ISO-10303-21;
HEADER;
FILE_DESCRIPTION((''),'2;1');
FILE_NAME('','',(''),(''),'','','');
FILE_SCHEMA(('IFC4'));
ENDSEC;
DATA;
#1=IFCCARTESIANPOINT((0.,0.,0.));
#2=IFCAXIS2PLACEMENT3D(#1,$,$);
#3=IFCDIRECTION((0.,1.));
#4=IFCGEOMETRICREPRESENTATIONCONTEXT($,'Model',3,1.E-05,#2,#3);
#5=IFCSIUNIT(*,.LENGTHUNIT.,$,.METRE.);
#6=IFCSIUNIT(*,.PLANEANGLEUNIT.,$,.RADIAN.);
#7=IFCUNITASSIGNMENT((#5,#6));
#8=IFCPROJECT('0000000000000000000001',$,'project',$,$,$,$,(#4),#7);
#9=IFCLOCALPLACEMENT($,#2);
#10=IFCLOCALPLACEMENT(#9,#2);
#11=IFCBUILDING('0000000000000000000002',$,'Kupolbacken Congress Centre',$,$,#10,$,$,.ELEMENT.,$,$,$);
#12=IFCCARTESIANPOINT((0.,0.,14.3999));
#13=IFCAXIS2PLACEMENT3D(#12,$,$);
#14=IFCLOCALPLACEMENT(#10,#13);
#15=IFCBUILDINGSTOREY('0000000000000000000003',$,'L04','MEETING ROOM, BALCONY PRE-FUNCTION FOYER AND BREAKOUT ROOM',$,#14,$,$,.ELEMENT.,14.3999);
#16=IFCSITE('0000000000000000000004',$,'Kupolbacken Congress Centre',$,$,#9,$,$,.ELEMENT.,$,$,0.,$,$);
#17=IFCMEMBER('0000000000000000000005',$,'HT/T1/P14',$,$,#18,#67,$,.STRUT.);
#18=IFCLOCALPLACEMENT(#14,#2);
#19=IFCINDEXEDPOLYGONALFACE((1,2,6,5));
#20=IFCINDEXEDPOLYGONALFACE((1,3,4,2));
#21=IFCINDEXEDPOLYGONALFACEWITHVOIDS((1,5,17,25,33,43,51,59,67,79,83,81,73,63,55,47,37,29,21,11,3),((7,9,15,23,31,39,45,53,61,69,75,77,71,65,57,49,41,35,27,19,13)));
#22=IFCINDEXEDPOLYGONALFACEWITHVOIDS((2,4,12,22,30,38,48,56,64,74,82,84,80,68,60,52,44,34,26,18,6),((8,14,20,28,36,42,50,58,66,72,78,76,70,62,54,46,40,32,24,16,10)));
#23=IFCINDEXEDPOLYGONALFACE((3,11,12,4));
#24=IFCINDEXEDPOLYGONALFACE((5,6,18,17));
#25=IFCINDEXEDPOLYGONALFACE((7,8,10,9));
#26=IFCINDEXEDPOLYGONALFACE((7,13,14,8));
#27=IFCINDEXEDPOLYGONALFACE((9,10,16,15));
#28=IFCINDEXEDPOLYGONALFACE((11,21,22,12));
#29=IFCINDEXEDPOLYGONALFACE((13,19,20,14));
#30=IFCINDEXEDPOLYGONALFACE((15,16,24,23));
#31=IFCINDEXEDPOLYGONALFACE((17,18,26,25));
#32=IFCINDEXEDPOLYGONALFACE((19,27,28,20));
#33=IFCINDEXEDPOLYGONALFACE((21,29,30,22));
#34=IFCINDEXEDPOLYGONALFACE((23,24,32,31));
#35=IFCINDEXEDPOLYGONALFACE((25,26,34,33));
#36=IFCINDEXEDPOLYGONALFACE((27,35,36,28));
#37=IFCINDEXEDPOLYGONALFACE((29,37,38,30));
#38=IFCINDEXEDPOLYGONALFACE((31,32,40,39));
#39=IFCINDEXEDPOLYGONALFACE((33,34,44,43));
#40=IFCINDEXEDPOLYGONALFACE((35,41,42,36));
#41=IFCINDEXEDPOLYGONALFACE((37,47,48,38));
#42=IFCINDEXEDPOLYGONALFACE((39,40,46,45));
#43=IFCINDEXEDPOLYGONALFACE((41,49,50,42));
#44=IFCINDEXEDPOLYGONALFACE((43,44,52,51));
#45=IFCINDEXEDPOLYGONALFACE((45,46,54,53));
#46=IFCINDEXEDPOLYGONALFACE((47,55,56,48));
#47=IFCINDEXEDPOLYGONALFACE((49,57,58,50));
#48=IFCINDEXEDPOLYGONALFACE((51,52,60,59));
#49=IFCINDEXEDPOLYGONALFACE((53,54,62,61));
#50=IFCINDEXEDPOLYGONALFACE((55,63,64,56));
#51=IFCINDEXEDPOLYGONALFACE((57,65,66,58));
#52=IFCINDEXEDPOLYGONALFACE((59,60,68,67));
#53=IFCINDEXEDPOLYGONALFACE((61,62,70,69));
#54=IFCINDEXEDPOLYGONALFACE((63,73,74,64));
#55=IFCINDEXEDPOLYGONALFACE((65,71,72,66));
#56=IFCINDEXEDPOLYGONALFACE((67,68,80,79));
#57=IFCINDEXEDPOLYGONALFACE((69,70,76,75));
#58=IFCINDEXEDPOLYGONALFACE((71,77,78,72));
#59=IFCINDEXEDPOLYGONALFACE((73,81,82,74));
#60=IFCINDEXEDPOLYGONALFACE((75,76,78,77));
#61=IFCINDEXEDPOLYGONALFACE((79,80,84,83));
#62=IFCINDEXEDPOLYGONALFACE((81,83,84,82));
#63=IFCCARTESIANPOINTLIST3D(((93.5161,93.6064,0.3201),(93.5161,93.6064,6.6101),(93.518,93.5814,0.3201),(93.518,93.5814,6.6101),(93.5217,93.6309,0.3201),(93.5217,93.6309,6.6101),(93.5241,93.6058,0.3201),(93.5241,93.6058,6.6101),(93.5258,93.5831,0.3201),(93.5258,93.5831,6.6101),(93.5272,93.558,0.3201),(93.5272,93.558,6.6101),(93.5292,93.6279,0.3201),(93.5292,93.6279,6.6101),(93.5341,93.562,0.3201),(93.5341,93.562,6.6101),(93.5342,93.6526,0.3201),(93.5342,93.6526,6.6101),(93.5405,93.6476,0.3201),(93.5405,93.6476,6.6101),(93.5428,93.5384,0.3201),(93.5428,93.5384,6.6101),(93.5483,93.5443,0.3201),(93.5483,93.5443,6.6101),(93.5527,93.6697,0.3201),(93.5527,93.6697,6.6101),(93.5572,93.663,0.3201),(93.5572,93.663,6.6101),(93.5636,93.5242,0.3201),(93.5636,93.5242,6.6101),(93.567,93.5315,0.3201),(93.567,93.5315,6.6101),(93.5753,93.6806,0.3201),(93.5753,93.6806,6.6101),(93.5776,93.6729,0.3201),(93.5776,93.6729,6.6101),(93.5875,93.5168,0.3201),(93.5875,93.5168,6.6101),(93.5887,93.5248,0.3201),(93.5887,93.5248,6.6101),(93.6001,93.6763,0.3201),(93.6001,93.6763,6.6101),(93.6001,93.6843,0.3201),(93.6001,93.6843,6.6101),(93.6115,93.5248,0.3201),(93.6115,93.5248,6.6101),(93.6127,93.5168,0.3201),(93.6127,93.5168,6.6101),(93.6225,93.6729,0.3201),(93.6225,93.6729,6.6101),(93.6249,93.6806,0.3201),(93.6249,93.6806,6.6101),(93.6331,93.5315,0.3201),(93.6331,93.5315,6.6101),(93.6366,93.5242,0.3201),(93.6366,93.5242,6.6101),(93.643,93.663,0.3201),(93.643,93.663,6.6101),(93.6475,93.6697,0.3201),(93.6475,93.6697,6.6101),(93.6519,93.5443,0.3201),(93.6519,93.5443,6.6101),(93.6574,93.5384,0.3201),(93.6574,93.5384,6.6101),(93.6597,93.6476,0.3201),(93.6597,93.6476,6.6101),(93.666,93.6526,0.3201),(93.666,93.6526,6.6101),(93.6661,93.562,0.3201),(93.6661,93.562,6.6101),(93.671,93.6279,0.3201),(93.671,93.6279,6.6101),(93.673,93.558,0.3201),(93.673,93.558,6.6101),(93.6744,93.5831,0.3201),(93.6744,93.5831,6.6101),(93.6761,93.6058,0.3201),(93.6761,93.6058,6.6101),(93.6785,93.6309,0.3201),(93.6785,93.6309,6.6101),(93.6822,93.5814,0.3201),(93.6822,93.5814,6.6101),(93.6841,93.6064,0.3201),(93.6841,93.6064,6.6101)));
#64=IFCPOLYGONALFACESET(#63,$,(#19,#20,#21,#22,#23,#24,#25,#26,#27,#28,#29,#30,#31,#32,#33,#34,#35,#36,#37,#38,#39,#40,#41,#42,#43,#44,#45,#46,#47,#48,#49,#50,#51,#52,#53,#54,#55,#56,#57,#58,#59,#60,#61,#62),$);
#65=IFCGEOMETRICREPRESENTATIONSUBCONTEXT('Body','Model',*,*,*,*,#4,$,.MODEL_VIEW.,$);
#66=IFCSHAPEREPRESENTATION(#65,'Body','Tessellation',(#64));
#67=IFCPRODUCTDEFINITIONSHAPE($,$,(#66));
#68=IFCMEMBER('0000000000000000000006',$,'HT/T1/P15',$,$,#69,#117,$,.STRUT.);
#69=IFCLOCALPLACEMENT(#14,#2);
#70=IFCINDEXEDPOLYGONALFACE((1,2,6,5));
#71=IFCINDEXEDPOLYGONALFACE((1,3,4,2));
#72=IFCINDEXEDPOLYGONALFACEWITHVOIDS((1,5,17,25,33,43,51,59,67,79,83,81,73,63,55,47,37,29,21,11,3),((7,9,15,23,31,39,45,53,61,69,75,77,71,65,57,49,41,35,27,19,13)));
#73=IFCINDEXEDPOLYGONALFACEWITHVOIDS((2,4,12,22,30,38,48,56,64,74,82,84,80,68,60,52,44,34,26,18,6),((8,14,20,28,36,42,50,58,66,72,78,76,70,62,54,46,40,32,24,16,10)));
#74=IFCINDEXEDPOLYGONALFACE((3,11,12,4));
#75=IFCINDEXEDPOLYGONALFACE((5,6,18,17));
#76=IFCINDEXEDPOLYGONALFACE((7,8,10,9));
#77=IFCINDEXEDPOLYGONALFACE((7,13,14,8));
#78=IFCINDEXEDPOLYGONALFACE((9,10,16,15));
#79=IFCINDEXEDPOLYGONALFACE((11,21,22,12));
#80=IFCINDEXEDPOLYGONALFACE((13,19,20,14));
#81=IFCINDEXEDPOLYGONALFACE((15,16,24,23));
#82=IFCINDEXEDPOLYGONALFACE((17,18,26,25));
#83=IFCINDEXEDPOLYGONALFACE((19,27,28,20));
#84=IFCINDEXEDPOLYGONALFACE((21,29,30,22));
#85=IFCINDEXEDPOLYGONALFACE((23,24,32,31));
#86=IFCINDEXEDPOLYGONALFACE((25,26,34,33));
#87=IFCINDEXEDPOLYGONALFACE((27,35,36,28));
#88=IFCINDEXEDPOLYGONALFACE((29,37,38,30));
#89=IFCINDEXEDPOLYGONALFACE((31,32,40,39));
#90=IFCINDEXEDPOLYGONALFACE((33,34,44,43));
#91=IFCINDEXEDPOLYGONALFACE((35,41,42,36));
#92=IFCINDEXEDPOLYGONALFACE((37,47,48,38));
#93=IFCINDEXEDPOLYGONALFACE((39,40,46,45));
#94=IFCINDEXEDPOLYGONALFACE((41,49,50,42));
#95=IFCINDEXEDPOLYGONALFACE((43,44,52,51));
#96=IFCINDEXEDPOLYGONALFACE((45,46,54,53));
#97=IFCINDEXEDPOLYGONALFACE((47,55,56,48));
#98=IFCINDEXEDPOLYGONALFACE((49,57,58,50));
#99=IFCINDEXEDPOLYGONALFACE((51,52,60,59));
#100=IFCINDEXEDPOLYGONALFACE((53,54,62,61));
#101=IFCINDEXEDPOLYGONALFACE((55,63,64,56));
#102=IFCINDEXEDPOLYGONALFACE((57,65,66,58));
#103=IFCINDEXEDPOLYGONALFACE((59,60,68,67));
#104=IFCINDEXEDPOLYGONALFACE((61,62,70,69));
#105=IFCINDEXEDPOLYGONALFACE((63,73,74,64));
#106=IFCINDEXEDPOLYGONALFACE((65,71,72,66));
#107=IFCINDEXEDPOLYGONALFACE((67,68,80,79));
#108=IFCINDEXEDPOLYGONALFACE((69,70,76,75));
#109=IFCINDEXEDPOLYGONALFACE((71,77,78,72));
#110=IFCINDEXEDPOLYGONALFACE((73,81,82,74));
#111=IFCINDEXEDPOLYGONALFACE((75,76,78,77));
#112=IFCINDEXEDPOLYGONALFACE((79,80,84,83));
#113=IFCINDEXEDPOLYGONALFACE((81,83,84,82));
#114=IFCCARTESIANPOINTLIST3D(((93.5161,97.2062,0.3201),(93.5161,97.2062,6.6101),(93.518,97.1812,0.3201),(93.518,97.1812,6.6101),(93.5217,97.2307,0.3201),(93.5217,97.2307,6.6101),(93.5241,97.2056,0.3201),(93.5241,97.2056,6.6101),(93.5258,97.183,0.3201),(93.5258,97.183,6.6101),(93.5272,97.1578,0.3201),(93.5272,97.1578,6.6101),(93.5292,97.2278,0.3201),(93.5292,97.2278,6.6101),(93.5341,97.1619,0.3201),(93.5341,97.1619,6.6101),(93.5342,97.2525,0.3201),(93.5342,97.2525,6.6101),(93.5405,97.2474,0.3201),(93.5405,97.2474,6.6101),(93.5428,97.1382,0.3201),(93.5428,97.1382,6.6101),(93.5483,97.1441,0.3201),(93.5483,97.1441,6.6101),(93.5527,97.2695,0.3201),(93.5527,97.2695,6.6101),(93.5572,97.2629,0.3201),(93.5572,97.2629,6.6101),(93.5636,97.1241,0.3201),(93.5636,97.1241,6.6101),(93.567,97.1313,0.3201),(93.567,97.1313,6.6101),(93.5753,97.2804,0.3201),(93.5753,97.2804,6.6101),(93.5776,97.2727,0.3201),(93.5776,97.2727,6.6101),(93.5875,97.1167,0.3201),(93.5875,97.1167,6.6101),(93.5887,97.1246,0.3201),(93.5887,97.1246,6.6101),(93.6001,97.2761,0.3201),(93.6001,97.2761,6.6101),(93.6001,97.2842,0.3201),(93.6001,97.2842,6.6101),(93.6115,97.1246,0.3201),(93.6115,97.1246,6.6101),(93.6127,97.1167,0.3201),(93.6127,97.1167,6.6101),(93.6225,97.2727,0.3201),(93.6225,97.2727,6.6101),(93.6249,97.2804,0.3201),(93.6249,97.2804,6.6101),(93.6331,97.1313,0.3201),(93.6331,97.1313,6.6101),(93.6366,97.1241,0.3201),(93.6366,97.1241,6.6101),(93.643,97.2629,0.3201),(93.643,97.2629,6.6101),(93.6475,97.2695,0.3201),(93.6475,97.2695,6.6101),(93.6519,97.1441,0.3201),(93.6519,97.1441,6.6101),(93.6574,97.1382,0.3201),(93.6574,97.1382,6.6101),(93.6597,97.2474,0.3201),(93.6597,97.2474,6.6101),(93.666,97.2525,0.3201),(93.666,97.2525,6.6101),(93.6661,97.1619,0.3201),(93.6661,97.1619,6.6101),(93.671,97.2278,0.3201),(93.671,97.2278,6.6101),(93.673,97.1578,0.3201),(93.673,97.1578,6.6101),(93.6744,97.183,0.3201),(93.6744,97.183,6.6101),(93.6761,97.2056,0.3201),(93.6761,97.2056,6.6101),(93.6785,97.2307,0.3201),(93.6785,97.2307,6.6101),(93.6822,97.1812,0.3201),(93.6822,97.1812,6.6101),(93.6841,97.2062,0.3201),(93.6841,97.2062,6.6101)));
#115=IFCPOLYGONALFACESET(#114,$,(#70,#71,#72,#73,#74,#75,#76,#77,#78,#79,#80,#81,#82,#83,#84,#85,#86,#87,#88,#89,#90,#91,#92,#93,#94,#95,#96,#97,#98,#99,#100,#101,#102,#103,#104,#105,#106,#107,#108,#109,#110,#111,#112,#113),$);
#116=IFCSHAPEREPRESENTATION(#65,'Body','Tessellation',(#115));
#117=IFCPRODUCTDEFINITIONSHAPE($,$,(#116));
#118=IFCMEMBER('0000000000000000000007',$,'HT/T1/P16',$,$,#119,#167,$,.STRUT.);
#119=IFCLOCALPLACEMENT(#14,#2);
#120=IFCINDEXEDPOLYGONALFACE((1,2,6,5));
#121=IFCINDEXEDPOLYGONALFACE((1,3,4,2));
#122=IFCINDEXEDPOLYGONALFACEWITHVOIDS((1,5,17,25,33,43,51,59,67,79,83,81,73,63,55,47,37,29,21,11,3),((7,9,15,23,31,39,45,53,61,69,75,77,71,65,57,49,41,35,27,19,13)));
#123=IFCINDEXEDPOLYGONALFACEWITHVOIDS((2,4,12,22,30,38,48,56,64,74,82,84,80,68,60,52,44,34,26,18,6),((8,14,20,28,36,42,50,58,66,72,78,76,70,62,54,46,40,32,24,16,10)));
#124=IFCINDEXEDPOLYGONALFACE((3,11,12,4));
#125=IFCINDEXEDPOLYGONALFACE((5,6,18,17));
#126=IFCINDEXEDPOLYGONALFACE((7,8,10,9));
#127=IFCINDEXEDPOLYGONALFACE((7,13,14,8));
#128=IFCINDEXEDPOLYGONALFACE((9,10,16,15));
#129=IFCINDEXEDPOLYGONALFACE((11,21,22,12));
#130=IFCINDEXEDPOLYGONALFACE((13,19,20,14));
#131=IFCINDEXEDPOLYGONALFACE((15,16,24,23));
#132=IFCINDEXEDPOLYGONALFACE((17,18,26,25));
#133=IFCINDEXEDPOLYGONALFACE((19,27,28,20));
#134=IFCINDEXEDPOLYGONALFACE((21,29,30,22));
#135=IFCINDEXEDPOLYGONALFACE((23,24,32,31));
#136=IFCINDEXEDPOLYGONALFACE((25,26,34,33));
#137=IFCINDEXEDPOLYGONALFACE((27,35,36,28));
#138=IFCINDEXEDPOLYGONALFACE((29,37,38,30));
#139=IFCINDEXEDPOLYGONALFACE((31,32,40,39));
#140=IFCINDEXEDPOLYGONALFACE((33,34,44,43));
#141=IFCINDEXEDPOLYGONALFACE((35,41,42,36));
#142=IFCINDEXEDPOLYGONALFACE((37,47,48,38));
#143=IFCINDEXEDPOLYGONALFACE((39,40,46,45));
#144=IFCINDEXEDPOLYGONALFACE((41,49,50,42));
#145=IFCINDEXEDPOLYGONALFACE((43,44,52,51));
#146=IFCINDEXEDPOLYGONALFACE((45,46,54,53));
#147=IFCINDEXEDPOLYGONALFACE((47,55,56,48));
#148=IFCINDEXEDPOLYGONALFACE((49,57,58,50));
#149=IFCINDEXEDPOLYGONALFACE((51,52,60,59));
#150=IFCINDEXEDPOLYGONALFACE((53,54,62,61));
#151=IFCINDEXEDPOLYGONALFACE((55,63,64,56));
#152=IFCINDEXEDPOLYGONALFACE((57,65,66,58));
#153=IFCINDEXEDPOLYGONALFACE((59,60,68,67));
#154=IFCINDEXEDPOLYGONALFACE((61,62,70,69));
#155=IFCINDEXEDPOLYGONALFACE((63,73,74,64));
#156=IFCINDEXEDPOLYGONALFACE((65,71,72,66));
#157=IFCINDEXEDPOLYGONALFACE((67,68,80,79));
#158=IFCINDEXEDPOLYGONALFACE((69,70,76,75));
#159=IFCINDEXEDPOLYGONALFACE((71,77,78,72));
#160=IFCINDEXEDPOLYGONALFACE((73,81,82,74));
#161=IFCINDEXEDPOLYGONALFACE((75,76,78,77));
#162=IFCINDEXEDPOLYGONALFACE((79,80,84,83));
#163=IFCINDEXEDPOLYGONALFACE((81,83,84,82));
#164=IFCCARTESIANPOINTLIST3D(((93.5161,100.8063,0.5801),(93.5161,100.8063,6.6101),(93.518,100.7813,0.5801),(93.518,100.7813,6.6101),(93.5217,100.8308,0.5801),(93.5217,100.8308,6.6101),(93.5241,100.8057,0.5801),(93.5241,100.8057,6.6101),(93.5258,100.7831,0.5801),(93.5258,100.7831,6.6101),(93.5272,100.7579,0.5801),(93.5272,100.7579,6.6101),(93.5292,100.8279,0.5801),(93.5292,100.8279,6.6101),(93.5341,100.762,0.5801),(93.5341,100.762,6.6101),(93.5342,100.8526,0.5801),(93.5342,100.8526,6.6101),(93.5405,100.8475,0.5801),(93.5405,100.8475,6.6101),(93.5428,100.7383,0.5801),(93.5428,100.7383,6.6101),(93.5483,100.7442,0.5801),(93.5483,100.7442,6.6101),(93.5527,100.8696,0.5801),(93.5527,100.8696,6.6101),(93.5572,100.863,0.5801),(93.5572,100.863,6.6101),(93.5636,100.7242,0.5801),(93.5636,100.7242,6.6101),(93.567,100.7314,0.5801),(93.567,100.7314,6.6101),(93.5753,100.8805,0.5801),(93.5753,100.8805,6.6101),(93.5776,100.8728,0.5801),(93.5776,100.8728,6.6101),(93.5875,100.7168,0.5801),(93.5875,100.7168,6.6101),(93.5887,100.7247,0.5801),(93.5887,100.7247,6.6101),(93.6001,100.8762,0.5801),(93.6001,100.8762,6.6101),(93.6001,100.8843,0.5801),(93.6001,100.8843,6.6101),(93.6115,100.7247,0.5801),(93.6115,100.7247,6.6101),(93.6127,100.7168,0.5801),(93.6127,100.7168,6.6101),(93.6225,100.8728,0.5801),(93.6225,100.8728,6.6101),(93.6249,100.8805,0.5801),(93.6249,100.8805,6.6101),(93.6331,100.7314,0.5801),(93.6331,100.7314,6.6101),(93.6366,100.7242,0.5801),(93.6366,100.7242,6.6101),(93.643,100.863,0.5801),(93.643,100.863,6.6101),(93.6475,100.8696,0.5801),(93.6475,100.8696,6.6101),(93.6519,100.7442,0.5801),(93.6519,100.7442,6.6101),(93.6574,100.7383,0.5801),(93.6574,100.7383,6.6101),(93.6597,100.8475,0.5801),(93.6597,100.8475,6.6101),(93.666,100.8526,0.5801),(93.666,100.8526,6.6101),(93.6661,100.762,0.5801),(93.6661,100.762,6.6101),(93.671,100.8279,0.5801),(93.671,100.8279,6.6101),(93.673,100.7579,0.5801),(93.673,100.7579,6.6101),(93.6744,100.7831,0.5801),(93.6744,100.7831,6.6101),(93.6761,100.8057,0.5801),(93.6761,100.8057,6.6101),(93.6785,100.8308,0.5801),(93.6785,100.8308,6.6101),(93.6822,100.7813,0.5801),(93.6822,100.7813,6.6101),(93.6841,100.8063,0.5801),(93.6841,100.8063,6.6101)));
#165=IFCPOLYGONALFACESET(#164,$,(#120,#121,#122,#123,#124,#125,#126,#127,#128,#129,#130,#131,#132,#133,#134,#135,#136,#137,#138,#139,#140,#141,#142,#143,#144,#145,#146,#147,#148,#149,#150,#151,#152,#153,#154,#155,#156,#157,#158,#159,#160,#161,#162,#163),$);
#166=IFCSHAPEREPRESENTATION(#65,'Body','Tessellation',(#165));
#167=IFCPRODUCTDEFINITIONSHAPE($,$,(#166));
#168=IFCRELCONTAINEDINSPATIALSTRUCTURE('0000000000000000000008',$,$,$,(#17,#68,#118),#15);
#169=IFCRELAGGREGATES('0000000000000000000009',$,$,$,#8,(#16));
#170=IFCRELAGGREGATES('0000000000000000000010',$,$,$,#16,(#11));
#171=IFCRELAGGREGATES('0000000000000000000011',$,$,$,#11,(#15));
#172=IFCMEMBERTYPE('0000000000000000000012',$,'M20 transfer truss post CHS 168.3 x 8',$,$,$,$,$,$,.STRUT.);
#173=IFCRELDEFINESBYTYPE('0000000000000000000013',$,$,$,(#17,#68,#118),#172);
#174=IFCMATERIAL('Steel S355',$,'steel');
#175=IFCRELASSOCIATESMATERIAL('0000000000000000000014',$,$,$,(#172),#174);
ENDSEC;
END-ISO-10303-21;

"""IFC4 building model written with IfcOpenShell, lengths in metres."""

from ifc_helpers import new_model, si_unit, direction, frame, origin, origin_2d, place, context, subcontext, project, spatial, hollow_circle, extrude, material, material_profile, profile_set, type_object, element, save


model = new_model("IFC4")

# Units and contexts
model_context = context("Model", 3, precision=1e-05, world=origin(), true_north=direction((0.0, 1.0)))
body_context = subcontext(model_context, "Body", "Model", "MODEL_VIEW")
ifc_project = project(units=[si_unit("LENGTHUNIT", "METRE"), si_unit("PLANEANGLEUNIT", "RADIAN")], contexts=[model_context])

# Site, building, storey
site_placement = place(None, origin())
site = spatial("IfcSite", under=ifc_project, at=site_placement, Name="Kupolbacken Congress Centre", CompositionType="ELEMENT", RefElevation=0.0)
building_placement = place(site_placement, origin())
building = spatial("IfcBuilding", under=site, at=building_placement, Name="Kupolbacken Congress Centre", CompositionType="ELEMENT")
storey_placement = place(building_placement, frame((0.0, 0.0, 14.3999)))
storey = spatial("IfcBuildingStorey", under=building, at=storey_placement, Name="L04", Description="MEETING ROOM, BALCONY PRE-FUNCTION FOYER AND BREAKOUT ROOM", CompositionType="ELEMENT", Elevation=14.3999)

# Members
ifc_material_1 = material(Name="Steel S355", Category="steel")
ifc_material_profile_1 = material_profile(ifc_material_1, hollow_circle(Radius=0.0842, WallThickness=0.0081, at=origin_2d()), Name="CHS 168.3 x 8")
ifc_profile_set_1 = profile_set([ifc_material_profile_1], Name="Steel S355")
member_type_1 = type_object("IfcMemberType", Name="M20 transfer truss post CHS 168.3 x 8", PredefinedType="STRUT", material=ifc_profile_set_1)
for number, where, z_axis, x_axis, name in (
    (1, (93.6001, 93.6001, 0.3201), (0.0, 0.0, 1.0), (0.0, 1.0, 0.0), "HT/T1/P14"),
    (2, (93.6001, 97.2, 0.3201), (0.0, 0.0, 1.0), (0.0, 1.0, 0.0), "HT/T1/P15"),
):
    element("IfcMember", number, at=place(storey_placement, frame(where, z_axis=z_axis, x_axis=x_axis)), inside=storey, type_object=member_type_1, Name=name, PredefinedType="STRUT", context=body_context, shape_type="SweptSolid", body=[
        extrude(hollow_circle(Radius=0.0842, WallThickness=0.0081, at=origin_2d()), origin(), (0.0, 0.0, 1.0), 6.29),
    ])
member_1_placement = place(storey_placement, frame((93.6001, 100.8, 0.5801), z_axis=(0.0, 0.0, 1.0), x_axis=(0.0, 1.0, 0.0)))
element("IfcMember", 3, at=member_1_placement, inside=storey, type_object=member_type_1, Name="HT/T1/P16", PredefinedType="STRUT", context=body_context, shape_type="SweptSolid", body=[
    extrude(hollow_circle(Radius=0.0842, WallThickness=0.0081, at=origin_2d()), origin(), (0.0, 0.0, 1.0), 6.03),
])

save(model, "model.ifc")
